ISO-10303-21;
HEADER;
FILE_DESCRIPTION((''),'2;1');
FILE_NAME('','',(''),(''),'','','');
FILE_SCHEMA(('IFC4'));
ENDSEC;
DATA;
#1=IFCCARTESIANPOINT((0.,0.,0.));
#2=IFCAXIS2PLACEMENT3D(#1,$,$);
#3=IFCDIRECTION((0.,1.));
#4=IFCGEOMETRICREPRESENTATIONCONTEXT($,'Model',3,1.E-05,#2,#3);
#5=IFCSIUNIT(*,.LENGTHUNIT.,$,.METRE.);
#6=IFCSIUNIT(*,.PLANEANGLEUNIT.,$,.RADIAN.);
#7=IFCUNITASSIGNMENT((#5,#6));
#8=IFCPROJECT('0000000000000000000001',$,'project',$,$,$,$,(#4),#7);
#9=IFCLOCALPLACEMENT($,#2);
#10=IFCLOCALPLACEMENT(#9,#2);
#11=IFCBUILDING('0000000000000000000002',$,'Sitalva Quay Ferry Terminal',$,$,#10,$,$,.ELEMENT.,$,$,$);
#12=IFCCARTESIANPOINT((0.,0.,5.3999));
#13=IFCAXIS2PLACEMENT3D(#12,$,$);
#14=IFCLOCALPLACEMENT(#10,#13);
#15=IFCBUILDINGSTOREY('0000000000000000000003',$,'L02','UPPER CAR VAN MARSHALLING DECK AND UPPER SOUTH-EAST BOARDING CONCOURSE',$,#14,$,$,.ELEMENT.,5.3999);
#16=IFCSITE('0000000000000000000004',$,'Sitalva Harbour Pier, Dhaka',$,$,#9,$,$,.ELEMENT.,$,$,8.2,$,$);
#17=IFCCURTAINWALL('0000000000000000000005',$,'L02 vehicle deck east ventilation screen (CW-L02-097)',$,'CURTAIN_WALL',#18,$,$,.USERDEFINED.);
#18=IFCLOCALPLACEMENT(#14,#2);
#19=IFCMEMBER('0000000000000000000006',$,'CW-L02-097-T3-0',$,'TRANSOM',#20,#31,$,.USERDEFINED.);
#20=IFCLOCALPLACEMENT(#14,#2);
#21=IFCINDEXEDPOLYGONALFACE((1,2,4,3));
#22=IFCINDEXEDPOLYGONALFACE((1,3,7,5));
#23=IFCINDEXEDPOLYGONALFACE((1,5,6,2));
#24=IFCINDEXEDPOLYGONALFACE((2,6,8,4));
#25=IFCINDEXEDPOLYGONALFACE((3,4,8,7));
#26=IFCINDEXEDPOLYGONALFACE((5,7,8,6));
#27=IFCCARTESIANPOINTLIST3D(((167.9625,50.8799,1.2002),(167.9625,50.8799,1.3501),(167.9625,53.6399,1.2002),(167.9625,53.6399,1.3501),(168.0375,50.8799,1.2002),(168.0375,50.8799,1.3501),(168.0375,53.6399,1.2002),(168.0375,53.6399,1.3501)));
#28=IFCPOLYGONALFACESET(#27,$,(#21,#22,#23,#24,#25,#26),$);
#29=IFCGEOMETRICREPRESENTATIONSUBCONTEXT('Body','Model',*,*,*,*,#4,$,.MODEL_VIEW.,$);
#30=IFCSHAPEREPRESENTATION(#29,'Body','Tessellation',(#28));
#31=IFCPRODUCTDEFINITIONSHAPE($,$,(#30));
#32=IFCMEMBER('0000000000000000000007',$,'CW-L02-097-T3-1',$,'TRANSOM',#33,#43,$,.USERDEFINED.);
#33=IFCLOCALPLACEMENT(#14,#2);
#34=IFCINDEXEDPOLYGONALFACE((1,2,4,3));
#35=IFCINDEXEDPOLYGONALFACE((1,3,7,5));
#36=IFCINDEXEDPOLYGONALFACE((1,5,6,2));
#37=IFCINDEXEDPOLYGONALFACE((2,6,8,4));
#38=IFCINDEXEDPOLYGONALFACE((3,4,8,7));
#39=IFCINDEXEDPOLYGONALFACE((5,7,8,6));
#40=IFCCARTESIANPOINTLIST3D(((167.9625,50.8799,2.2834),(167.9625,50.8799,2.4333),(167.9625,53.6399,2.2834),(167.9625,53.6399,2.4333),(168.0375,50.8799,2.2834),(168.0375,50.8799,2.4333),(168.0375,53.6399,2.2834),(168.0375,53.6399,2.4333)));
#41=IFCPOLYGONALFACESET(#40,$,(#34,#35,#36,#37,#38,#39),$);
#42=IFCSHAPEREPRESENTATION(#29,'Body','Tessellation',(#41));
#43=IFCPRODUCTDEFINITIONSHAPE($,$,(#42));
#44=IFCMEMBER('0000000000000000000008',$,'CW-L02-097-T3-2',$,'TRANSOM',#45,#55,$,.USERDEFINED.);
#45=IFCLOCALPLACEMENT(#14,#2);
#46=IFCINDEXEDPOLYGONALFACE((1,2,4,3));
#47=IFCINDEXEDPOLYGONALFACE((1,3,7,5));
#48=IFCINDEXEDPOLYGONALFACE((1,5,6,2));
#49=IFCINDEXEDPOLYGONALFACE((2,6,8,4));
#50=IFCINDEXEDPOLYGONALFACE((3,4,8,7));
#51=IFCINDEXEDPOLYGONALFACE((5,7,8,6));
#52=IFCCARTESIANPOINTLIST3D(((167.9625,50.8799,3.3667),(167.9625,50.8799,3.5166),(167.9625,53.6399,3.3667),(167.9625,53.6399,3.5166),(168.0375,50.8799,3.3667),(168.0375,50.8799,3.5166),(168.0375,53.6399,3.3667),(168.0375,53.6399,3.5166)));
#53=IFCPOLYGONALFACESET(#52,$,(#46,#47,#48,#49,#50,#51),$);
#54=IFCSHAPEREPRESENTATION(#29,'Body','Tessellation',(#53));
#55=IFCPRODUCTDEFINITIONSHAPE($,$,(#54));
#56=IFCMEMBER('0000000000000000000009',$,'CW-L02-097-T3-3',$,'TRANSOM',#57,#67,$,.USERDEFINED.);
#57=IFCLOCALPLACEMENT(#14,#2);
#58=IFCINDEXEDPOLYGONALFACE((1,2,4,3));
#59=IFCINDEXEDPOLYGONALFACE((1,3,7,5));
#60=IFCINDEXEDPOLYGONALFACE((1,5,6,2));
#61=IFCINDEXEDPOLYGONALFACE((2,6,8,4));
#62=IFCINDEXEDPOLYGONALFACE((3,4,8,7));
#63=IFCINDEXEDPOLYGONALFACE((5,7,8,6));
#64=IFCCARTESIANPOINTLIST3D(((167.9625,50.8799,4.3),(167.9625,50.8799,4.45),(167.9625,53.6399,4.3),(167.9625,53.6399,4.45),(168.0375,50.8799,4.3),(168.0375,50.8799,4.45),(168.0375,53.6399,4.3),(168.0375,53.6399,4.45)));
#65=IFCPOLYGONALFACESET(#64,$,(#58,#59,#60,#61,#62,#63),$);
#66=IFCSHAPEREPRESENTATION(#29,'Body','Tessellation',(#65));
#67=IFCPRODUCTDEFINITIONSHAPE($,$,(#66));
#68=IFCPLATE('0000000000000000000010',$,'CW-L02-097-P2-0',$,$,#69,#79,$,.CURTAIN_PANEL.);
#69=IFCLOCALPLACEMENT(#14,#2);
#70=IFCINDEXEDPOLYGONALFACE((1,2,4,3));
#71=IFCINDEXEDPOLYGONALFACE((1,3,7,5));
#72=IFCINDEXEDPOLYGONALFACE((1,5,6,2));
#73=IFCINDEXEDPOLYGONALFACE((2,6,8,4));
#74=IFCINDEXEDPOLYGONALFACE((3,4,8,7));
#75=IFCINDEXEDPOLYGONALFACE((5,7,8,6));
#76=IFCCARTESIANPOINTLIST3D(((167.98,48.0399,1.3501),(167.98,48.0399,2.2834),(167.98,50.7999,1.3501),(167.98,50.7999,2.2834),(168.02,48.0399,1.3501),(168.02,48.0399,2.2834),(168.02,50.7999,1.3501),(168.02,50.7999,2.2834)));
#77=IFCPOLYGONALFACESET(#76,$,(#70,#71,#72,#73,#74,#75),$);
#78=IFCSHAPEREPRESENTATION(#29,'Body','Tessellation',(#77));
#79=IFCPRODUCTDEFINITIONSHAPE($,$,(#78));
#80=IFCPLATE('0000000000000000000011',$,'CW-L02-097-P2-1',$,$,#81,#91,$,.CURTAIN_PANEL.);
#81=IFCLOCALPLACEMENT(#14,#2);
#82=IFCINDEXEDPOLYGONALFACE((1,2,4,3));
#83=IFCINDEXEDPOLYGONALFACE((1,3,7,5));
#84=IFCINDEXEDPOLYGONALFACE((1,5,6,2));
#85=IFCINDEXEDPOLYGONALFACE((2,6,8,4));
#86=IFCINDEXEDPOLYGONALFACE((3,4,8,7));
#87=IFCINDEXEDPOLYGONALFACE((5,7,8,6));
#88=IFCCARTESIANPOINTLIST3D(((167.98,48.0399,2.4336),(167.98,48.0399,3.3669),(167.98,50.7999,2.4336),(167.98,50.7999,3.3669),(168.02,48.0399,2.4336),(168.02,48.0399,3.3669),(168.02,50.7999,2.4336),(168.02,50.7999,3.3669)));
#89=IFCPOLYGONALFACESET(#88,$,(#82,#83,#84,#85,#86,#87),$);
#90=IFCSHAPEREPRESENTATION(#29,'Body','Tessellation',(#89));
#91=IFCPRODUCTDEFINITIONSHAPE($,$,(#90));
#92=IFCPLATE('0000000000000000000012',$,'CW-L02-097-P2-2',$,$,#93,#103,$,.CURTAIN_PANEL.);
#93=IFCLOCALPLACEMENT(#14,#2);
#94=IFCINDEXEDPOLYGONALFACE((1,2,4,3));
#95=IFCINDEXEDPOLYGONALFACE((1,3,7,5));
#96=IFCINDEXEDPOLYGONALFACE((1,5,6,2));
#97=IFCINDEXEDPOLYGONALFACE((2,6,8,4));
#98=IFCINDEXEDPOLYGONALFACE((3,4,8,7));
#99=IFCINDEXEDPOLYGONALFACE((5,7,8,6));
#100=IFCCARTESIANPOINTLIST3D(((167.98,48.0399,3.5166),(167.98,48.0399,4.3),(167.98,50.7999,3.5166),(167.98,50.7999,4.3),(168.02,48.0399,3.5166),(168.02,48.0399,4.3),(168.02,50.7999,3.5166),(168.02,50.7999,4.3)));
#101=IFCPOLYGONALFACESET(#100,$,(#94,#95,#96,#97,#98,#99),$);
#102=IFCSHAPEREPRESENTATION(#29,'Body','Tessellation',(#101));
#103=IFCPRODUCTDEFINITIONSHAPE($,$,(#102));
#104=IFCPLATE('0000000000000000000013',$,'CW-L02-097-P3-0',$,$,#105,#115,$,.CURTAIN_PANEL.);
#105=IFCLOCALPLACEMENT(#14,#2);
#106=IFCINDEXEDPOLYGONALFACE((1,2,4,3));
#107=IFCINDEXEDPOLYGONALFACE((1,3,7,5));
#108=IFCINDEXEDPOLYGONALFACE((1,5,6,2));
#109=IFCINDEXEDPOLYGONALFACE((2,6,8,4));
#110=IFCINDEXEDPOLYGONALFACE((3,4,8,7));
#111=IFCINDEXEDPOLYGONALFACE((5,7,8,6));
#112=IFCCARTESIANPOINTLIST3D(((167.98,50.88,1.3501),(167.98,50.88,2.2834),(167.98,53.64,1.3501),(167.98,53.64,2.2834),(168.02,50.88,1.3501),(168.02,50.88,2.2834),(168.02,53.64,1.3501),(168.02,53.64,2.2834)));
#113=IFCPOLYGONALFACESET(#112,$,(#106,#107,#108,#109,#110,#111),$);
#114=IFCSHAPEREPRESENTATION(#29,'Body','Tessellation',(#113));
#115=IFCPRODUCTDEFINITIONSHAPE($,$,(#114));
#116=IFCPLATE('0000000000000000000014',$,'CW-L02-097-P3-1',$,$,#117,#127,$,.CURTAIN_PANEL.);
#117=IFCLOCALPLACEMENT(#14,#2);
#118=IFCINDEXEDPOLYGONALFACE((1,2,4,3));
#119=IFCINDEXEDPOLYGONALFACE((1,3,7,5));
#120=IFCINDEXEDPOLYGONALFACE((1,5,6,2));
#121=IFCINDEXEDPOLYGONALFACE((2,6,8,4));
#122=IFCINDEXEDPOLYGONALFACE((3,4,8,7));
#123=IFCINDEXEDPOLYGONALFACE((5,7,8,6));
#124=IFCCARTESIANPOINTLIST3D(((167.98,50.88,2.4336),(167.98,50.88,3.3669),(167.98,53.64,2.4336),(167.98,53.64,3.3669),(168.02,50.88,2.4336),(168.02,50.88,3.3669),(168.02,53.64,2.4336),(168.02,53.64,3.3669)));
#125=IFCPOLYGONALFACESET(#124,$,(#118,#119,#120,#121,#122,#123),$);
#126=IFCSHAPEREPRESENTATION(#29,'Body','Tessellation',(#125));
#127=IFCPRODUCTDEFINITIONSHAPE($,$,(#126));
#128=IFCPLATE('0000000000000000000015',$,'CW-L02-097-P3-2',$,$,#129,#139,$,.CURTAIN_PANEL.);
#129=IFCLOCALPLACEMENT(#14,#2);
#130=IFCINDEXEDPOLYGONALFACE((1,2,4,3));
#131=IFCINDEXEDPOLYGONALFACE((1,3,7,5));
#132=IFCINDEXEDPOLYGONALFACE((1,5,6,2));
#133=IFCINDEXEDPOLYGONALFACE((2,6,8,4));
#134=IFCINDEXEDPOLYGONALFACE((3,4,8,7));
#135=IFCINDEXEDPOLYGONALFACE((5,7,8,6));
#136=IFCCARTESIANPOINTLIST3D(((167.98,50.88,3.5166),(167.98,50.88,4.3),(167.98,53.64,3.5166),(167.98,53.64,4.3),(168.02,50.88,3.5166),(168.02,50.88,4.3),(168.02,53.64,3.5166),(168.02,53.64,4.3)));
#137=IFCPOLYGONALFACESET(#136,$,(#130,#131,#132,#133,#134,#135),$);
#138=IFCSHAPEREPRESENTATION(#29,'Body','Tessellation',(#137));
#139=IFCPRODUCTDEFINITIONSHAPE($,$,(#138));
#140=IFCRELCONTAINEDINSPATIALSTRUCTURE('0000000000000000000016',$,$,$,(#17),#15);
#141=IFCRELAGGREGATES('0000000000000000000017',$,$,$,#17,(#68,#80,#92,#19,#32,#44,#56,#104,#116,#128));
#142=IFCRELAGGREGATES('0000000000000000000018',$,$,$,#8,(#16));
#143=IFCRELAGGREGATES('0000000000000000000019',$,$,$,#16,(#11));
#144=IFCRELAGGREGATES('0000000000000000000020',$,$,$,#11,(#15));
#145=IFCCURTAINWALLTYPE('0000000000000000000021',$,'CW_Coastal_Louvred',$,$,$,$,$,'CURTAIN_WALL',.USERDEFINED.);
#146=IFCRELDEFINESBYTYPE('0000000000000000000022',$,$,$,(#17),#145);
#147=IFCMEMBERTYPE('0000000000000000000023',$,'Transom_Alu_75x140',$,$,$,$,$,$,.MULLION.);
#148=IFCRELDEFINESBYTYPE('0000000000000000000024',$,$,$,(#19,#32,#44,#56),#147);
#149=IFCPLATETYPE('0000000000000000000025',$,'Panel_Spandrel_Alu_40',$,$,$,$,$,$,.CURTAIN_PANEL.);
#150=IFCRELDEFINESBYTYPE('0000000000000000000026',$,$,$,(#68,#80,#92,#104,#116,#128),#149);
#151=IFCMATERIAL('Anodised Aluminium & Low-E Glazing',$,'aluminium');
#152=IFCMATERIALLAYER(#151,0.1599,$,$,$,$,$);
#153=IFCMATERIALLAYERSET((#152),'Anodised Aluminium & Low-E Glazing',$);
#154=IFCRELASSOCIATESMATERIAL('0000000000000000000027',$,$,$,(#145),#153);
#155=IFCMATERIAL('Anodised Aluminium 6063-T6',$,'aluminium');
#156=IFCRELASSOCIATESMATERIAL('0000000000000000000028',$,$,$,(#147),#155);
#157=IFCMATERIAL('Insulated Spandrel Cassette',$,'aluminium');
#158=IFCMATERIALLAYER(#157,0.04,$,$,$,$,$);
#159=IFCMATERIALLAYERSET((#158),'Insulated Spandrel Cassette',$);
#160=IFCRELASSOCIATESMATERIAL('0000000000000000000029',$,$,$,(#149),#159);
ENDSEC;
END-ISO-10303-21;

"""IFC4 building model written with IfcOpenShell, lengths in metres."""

from ifc_helpers import new_model, si_unit, direction, frame, origin, origin_2d, place, context, subcontext, project, spatial, rectangle, extrude, material, layer, layer_set, material_profile, profile_set, type_object, element, aggregate, save


model = new_model("IFC4")

# Units and contexts
model_context = context("Model", 3, precision=1e-05, world=origin(), true_north=direction((0.0, 1.0)))
body_context = subcontext(model_context, "Body", "Model", "MODEL_VIEW")
ifc_project = project(units=[si_unit("LENGTHUNIT", "METRE"), si_unit("PLANEANGLEUNIT", "RADIAN")], contexts=[model_context])

# Site, building, storey
site_placement = place(None, origin())
site = spatial("IfcSite", under=ifc_project, at=site_placement, Name="Sitalva Harbour Pier, Dhaka", CompositionType="ELEMENT", RefElevation=8.2)
building_placement = place(site_placement, origin())
building = spatial("IfcBuilding", under=site, at=building_placement, Name="Sitalva Quay Ferry Terminal", CompositionType="ELEMENT")
storey_placement = place(building_placement, frame((0.0, 0.0, 5.3999)))
storey = spatial("IfcBuildingStorey", under=building, at=storey_placement, Name="L02", Description="UPPER CAR VAN MARSHALLING DECK AND UPPER SOUTH-EAST BOARDING CONCOURSE", CompositionType="ELEMENT", Elevation=5.3999)

# Curtain wall, members, plates
ifc_material_1 = material(Name="Anodised Aluminium & Low-E Glazing", Category="aluminium")
ifc_layer_1 = layer(ifc_material_1, 0.1599)
ifc_layer_set_1 = layer_set([ifc_layer_1], Name="Anodised Aluminium & Low-E Glazing")
curtain_wall_type = type_object("IfcCurtainWallType", Name="CW_Coastal_Louvred", ElementType="CURTAIN_WALL", PredefinedType="USERDEFINED", material=ifc_layer_set_1)
curtain_wall_placement = place(storey_placement, origin())
curtain_wall = element("IfcCurtainWall", 1, at=curtain_wall_placement, inside=storey, type_object=curtain_wall_type, Name="L02 vehicle deck east ventilation screen (CW-L02-097)", ObjectType="CURTAIN_WALL", PredefinedType="USERDEFINED")
ifc_material_2 = material(Name="Anodised Aluminium 6063-T6", Category="aluminium")
ifc_material_profile_1 = material_profile(ifc_material_2, rectangle(XDim=0.075, YDim=0.1499, at=origin_2d()), Name="ALU75x150")
ifc_profile_set_1 = profile_set([ifc_material_profile_1], Name="Anodised Aluminium 6063-T6")
member_type_1 = type_object("IfcMemberType", Name="Transom_Alu_75x140", PredefinedType="MULLION", material=ifc_profile_set_1)
member_1_placement = place(storey_placement, frame((168.0, 50.8799, 1.2751), z_axis=(0.0, 1.0, 0.0), x_axis=(-1.0, 0.0, 0.0)))
member_1 = element("IfcMember", 2, at=member_1_placement, type_object=member_type_1, Name="CW-L02-097-T3-0", ObjectType="TRANSOM", PredefinedType="USERDEFINED", context=body_context, shape_type="SweptSolid", body=[
    extrude(rectangle(XDim=0.075, YDim=0.1499, at=origin_2d()), origin(), (0.0, 0.0, 1.0), 2.76),
])
member_2_placement = place(storey_placement, frame((168.0, 50.8799, 2.3584), z_axis=(0.0, 1.0, 0.0), x_axis=(-1.0, 0.0, 0.0)))
member_2 = element("IfcMember", 3, at=member_2_placement, type_object=member_type_1, Name="CW-L02-097-T3-1", ObjectType="TRANSOM", PredefinedType="USERDEFINED", context=body_context, shape_type="SweptSolid", body=[
    extrude(rectangle(XDim=0.075, YDim=0.1499, at=origin_2d()), origin(), (0.0, 0.0, 1.0), 2.76),
])
member_3_placement = place(storey_placement, frame((168.0, 50.8799, 3.4417), z_axis=(0.0, 1.0, 0.0), x_axis=(-1.0, 0.0, 0.0)))
member_3 = element("IfcMember", 4, at=member_3_placement, type_object=member_type_1, Name="CW-L02-097-T3-2", ObjectType="TRANSOM", PredefinedType="USERDEFINED", context=body_context, shape_type="SweptSolid", body=[
    extrude(rectangle(XDim=0.075, YDim=0.1499, at=origin_2d()), origin(), (0.0, 0.0, 1.0), 2.76),
])
member_4_placement = place(storey_placement, frame((168.0, 50.8799, 4.375), z_axis=(0.0, 1.0, 0.0), x_axis=(-1.0, 0.0, 0.0)))
member_4 = element("IfcMember", 5, at=member_4_placement, type_object=member_type_1, Name="CW-L02-097-T3-3", ObjectType="TRANSOM", PredefinedType="USERDEFINED", context=body_context, shape_type="SweptSolid", body=[
    extrude(rectangle(XDim=0.075, YDim=0.1499, at=origin_2d()), origin(), (0.0, 0.0, 1.0), 2.76),
])
ifc_material_3 = material(Name="Insulated Spandrel Cassette", Category="aluminium")
ifc_layer_2 = layer(ifc_material_3, 0.04)
ifc_layer_set_2 = layer_set([ifc_layer_2], Name="Insulated Spandrel Cassette")
plate_type = type_object("IfcPlateType", Name="Panel_Spandrel_Alu_40", PredefinedType="CURTAIN_PANEL", material=ifc_layer_set_2)
plate_1_placement = place(storey_placement, frame((168.0, 49.4199, 1.3501), z_axis=(0.0, 0.0, 1.0), x_axis=(0.0, 1.0, 0.0)))
plate_1 = element("IfcPlate", 6, at=plate_1_placement, type_object=plate_type, Name="CW-L02-097-P2-0", PredefinedType="CURTAIN_PANEL", context=body_context, shape_type="SweptSolid", body=[
    extrude(rectangle(XDim=2.76, YDim=0.04, at=origin_2d()), origin(), (0.0, 0.0, 1.0), 0.9333),
])
plate_2_placement = place(storey_placement, frame((168.0, 49.4199, 2.4336), z_axis=(0.0, 0.0, 1.0), x_axis=(0.0, 1.0, 0.0)))
plate_2 = element("IfcPlate", 7, at=plate_2_placement, type_object=plate_type, Name="CW-L02-097-P2-1", PredefinedType="CURTAIN_PANEL", context=body_context, shape_type="SweptSolid", body=[
    extrude(rectangle(XDim=2.76, YDim=0.04, at=origin_2d()), origin(), (0.0, 0.0, 1.0), 0.9333),
])
plate_3_placement = place(storey_placement, frame((168.0, 49.4199, 3.5166), z_axis=(0.0, 0.0, 1.0), x_axis=(0.0, 1.0, 0.0)))
plate_3 = element("IfcPlate", 8, at=plate_3_placement, type_object=plate_type, Name="CW-L02-097-P2-2", PredefinedType="CURTAIN_PANEL", context=body_context, shape_type="SweptSolid", body=[
    extrude(rectangle(XDim=2.76, YDim=0.04, at=origin_2d()), origin(), (0.0, 0.0, 1.0), 0.7834),
])
plate_4_placement = place(storey_placement, frame((168.0, 52.26, 1.3501), z_axis=(0.0, 0.0, 1.0), x_axis=(0.0, 1.0, 0.0)))
plate_4 = element("IfcPlate", 9, at=plate_4_placement, type_object=plate_type, Name="CW-L02-097-P3-0", PredefinedType="CURTAIN_PANEL", context=body_context, shape_type="SweptSolid", body=[
    extrude(rectangle(XDim=2.76, YDim=0.04, at=origin_2d()), origin(), (0.0, 0.0, 1.0), 0.9333),
])
plate_5_placement = place(storey_placement, frame((168.0, 52.26, 2.4336), z_axis=(0.0, 0.0, 1.0), x_axis=(0.0, 1.0, 0.0)))
plate_5 = element("IfcPlate", 10, at=plate_5_placement, type_object=plate_type, Name="CW-L02-097-P3-1", PredefinedType="CURTAIN_PANEL", context=body_context, shape_type="SweptSolid", body=[
    extrude(rectangle(XDim=2.76, YDim=0.04, at=origin_2d()), origin(), (0.0, 0.0, 1.0), 0.9333),
])
plate_6_placement = place(storey_placement, frame((168.0, 52.26, 3.5166), z_axis=(0.0, 0.0, 1.0), x_axis=(0.0, 1.0, 0.0)))
plate_6 = element("IfcPlate", 11, at=plate_6_placement, type_object=plate_type, Name="CW-L02-097-P3-2", PredefinedType="CURTAIN_PANEL", context=body_context, shape_type="SweptSolid", body=[
    extrude(rectangle(XDim=2.76, YDim=0.04, at=origin_2d()), origin(), (0.0, 0.0, 1.0), 0.7834),
])
aggregate(curtain_wall, [plate_1, plate_2, plate_3, member_1, member_2, member_3, member_4, plate_4, plate_5, plate_6])

save(model, "model.ifc")
